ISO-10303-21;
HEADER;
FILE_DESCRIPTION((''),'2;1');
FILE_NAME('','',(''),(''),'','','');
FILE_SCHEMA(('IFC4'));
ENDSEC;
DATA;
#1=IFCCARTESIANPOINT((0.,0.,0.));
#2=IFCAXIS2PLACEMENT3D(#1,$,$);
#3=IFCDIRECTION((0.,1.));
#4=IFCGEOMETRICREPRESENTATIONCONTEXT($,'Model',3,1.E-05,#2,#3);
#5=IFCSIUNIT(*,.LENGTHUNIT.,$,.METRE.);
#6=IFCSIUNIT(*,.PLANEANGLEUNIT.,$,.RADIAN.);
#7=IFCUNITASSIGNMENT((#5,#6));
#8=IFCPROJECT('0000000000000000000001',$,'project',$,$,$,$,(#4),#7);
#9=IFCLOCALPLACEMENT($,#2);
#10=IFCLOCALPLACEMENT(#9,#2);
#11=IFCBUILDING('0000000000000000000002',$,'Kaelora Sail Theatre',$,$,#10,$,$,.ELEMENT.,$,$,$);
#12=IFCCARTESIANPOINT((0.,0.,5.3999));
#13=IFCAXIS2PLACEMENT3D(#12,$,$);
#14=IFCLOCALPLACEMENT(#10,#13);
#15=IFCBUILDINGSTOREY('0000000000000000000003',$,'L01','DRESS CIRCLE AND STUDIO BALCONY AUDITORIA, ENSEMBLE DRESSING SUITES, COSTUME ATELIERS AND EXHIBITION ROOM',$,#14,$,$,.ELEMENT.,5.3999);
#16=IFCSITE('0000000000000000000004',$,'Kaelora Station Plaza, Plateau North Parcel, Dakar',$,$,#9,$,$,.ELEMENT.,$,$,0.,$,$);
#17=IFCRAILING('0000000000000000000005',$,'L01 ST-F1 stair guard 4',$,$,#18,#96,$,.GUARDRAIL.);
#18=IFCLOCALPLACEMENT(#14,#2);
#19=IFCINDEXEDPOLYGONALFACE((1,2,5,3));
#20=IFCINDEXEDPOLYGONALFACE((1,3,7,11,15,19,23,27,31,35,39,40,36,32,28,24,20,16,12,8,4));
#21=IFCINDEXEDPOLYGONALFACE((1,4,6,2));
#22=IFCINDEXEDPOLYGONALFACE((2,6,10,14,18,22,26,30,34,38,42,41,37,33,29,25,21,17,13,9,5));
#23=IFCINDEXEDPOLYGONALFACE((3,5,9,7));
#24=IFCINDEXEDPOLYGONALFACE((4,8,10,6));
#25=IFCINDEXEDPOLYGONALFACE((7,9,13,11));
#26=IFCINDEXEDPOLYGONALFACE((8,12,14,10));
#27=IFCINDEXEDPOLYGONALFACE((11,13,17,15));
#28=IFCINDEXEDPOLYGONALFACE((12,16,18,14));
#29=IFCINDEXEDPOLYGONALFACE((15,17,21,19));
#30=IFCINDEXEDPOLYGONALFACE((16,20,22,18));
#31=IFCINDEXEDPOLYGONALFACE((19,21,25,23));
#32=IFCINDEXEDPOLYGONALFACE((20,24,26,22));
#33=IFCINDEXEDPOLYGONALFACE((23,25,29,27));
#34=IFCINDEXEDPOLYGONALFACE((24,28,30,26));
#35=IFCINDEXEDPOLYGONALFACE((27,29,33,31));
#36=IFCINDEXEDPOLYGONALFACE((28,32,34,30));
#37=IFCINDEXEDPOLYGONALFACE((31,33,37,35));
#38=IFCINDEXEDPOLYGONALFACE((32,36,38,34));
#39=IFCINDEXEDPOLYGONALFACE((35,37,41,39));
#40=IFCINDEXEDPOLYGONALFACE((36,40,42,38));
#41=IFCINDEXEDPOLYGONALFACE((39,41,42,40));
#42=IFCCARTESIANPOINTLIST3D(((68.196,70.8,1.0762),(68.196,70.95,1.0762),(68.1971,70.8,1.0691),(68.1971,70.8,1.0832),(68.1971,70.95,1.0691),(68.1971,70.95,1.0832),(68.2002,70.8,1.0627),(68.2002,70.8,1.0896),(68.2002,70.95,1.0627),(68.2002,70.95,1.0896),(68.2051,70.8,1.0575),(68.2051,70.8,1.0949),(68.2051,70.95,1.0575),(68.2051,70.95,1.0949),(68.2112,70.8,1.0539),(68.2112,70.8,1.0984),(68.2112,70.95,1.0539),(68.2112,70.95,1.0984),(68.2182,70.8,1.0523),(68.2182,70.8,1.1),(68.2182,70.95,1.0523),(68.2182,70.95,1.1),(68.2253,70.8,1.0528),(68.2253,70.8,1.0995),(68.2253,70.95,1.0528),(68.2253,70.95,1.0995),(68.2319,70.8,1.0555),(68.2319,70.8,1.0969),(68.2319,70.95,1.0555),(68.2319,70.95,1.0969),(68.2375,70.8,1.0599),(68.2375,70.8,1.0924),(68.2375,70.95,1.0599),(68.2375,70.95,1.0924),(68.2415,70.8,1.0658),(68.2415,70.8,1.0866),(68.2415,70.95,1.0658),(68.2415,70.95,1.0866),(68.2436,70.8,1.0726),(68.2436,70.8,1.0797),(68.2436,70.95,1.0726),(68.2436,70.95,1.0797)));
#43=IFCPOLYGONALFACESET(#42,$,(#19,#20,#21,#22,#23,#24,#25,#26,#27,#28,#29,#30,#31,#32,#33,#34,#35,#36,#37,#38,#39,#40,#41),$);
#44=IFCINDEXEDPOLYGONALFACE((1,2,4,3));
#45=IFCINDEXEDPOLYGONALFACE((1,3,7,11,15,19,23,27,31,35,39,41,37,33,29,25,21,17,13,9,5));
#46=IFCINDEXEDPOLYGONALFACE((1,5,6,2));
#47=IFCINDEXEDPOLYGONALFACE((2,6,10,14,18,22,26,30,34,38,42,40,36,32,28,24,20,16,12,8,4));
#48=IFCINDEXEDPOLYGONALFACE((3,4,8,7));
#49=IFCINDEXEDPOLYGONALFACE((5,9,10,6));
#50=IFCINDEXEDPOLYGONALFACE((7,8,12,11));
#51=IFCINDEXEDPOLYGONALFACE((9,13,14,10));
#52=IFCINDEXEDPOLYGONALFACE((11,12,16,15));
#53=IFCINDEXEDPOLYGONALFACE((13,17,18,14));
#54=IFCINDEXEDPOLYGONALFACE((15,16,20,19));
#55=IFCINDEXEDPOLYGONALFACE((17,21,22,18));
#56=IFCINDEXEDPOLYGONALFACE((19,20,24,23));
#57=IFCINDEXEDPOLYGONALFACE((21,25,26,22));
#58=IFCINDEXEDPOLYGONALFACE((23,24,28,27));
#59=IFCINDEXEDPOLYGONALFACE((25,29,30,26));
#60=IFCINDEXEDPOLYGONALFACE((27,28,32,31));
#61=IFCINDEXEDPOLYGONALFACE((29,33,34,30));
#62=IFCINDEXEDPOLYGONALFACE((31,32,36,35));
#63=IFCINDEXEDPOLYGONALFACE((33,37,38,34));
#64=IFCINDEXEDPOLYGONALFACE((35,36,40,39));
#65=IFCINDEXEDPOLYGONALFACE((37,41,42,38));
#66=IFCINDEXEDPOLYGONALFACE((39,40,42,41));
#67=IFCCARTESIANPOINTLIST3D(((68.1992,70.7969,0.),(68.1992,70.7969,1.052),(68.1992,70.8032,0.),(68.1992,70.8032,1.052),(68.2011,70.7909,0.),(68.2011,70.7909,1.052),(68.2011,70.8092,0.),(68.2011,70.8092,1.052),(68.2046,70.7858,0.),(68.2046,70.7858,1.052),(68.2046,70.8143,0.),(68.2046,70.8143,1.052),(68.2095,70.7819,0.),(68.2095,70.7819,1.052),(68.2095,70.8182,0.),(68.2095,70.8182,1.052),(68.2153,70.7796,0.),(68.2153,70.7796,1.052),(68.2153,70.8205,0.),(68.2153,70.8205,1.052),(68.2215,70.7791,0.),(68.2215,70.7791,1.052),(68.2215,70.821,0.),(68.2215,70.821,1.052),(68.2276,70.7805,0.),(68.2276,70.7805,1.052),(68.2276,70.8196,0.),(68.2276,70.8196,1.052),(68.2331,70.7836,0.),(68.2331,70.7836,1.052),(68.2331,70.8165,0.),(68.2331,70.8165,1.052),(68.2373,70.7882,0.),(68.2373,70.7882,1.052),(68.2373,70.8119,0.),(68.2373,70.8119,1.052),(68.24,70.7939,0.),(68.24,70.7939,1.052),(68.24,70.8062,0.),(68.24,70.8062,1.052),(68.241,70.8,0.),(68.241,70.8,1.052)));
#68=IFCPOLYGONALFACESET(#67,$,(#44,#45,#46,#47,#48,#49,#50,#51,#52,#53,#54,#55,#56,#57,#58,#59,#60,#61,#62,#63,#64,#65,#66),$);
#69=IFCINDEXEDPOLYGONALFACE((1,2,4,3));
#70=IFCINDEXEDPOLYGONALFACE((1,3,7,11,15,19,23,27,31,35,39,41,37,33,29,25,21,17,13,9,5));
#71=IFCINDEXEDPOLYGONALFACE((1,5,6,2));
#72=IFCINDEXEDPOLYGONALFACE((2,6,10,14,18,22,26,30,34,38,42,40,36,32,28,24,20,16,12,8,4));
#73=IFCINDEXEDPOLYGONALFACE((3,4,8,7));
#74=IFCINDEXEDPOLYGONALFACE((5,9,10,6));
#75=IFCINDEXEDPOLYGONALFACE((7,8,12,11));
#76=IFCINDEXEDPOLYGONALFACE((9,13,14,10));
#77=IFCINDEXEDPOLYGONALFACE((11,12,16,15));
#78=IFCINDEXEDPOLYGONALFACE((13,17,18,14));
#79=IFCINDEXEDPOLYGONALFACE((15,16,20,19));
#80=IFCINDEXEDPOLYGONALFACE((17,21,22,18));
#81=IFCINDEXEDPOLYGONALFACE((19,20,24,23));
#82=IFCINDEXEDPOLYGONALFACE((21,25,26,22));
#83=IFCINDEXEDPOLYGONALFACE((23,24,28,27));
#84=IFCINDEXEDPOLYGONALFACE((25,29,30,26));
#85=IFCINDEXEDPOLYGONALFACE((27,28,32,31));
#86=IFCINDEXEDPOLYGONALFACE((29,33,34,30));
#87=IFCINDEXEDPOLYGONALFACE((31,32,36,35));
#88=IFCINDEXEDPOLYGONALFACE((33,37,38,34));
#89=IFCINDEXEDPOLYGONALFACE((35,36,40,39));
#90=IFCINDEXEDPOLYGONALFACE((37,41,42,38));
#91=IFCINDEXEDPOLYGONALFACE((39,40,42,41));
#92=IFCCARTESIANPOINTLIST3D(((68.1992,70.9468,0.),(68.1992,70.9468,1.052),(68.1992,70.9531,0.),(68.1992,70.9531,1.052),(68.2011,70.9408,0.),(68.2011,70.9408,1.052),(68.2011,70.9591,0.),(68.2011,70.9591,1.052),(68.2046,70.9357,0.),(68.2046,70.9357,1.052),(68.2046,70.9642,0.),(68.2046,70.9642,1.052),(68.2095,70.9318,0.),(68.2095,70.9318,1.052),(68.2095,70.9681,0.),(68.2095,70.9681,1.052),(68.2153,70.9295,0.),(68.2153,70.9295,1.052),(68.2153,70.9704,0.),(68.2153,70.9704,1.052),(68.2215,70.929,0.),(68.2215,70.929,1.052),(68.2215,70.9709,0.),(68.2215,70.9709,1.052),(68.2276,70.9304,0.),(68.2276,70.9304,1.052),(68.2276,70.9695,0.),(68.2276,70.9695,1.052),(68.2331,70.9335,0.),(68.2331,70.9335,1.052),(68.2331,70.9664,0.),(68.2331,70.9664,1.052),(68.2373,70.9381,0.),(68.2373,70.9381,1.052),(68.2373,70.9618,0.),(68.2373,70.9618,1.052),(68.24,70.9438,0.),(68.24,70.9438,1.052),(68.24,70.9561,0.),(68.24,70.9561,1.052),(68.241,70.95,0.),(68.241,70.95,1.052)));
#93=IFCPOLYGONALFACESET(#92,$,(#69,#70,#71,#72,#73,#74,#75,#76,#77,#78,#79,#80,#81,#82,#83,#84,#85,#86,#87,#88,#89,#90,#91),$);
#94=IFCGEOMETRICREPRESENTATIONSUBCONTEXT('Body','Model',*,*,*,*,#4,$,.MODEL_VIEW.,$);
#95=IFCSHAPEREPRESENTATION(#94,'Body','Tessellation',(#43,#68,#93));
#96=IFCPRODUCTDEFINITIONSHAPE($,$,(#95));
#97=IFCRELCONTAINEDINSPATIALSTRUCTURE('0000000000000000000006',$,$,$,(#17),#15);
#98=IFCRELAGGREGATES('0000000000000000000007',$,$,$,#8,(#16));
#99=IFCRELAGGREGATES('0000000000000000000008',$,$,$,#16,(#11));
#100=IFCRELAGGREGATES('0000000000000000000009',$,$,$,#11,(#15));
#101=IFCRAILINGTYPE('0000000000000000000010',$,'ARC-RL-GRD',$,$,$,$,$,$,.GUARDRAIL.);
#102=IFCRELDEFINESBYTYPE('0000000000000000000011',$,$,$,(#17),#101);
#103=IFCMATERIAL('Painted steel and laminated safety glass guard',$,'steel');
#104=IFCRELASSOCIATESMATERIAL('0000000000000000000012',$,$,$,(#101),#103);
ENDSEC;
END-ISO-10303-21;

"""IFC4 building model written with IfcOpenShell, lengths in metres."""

from ifc_helpers import new_model, si_unit, direction, frame, origin, origin_2d, place, context, subcontext, project, spatial, circle, extrude, material, type_object, element, save


model = new_model("IFC4")

# Units and contexts
model_context = context("Model", 3, precision=1e-05, world=origin(), true_north=direction((0.0, 1.0)))
body_context = subcontext(model_context, "Body", "Model", "MODEL_VIEW")
ifc_project = project(units=[si_unit("LENGTHUNIT", "METRE"), si_unit("PLANEANGLEUNIT", "RADIAN")], contexts=[model_context])

# Site, building, storey
site_placement = place(None, origin())
site = spatial("IfcSite", under=ifc_project, at=site_placement, Name="Kaelora Station Plaza, Plateau North Parcel, Dakar", CompositionType="ELEMENT", RefElevation=0.0)
building_placement = place(site_placement, origin())
building = spatial("IfcBuilding", under=site, at=building_placement, Name="Kaelora Sail Theatre", CompositionType="ELEMENT")
storey_placement = place(building_placement, frame((0.0, 0.0, 5.3999)))
storey = spatial("IfcBuildingStorey", under=building, at=storey_placement, Name="L01", Description="DRESS CIRCLE AND STUDIO BALCONY AUDITORIA, ENSEMBLE DRESSING SUITES, COSTUME ATELIERS AND EXHIBITION ROOM", CompositionType="ELEMENT", Elevation=5.3999)

# Railing
ifc_material_1 = material(Name="Painted steel and laminated safety glass guard", Category="steel")
railing_type_1 = type_object("IfcRailingType", Name="ARC-RL-GRD", PredefinedType="GUARDRAIL", material=ifc_material_1)
railing_1_placement = place(storey_placement, frame((68.22, 70.8, 0.0)))
element("IfcRailing", 1, at=railing_1_placement, inside=storey, type_object=railing_type_1, Name="L01 ST-F1 stair guard 4", PredefinedType="GUARDRAIL", context=body_context, shape_type="SweptSolid", body=[
    extrude(circle(Radius=0.0239, at=origin_2d()), frame((0.0, 0.0, 1.0762), z_axis=(0.0, 1.0, 0.0), x_axis=(-1.0, 0.0, 0.0)), (0.0, 0.0, 1.0), 0.1499),
    extrude(circle(Radius=0.021, at=origin_2d()), origin(), (0.0, 0.0, 1.0), 1.052),
    extrude(circle(Radius=0.021, at=origin_2d()), frame((0.0, 0.1499, 0.0)), (0.0, 0.0, 1.0), 1.052),
])

save(model, "model.ifc")
